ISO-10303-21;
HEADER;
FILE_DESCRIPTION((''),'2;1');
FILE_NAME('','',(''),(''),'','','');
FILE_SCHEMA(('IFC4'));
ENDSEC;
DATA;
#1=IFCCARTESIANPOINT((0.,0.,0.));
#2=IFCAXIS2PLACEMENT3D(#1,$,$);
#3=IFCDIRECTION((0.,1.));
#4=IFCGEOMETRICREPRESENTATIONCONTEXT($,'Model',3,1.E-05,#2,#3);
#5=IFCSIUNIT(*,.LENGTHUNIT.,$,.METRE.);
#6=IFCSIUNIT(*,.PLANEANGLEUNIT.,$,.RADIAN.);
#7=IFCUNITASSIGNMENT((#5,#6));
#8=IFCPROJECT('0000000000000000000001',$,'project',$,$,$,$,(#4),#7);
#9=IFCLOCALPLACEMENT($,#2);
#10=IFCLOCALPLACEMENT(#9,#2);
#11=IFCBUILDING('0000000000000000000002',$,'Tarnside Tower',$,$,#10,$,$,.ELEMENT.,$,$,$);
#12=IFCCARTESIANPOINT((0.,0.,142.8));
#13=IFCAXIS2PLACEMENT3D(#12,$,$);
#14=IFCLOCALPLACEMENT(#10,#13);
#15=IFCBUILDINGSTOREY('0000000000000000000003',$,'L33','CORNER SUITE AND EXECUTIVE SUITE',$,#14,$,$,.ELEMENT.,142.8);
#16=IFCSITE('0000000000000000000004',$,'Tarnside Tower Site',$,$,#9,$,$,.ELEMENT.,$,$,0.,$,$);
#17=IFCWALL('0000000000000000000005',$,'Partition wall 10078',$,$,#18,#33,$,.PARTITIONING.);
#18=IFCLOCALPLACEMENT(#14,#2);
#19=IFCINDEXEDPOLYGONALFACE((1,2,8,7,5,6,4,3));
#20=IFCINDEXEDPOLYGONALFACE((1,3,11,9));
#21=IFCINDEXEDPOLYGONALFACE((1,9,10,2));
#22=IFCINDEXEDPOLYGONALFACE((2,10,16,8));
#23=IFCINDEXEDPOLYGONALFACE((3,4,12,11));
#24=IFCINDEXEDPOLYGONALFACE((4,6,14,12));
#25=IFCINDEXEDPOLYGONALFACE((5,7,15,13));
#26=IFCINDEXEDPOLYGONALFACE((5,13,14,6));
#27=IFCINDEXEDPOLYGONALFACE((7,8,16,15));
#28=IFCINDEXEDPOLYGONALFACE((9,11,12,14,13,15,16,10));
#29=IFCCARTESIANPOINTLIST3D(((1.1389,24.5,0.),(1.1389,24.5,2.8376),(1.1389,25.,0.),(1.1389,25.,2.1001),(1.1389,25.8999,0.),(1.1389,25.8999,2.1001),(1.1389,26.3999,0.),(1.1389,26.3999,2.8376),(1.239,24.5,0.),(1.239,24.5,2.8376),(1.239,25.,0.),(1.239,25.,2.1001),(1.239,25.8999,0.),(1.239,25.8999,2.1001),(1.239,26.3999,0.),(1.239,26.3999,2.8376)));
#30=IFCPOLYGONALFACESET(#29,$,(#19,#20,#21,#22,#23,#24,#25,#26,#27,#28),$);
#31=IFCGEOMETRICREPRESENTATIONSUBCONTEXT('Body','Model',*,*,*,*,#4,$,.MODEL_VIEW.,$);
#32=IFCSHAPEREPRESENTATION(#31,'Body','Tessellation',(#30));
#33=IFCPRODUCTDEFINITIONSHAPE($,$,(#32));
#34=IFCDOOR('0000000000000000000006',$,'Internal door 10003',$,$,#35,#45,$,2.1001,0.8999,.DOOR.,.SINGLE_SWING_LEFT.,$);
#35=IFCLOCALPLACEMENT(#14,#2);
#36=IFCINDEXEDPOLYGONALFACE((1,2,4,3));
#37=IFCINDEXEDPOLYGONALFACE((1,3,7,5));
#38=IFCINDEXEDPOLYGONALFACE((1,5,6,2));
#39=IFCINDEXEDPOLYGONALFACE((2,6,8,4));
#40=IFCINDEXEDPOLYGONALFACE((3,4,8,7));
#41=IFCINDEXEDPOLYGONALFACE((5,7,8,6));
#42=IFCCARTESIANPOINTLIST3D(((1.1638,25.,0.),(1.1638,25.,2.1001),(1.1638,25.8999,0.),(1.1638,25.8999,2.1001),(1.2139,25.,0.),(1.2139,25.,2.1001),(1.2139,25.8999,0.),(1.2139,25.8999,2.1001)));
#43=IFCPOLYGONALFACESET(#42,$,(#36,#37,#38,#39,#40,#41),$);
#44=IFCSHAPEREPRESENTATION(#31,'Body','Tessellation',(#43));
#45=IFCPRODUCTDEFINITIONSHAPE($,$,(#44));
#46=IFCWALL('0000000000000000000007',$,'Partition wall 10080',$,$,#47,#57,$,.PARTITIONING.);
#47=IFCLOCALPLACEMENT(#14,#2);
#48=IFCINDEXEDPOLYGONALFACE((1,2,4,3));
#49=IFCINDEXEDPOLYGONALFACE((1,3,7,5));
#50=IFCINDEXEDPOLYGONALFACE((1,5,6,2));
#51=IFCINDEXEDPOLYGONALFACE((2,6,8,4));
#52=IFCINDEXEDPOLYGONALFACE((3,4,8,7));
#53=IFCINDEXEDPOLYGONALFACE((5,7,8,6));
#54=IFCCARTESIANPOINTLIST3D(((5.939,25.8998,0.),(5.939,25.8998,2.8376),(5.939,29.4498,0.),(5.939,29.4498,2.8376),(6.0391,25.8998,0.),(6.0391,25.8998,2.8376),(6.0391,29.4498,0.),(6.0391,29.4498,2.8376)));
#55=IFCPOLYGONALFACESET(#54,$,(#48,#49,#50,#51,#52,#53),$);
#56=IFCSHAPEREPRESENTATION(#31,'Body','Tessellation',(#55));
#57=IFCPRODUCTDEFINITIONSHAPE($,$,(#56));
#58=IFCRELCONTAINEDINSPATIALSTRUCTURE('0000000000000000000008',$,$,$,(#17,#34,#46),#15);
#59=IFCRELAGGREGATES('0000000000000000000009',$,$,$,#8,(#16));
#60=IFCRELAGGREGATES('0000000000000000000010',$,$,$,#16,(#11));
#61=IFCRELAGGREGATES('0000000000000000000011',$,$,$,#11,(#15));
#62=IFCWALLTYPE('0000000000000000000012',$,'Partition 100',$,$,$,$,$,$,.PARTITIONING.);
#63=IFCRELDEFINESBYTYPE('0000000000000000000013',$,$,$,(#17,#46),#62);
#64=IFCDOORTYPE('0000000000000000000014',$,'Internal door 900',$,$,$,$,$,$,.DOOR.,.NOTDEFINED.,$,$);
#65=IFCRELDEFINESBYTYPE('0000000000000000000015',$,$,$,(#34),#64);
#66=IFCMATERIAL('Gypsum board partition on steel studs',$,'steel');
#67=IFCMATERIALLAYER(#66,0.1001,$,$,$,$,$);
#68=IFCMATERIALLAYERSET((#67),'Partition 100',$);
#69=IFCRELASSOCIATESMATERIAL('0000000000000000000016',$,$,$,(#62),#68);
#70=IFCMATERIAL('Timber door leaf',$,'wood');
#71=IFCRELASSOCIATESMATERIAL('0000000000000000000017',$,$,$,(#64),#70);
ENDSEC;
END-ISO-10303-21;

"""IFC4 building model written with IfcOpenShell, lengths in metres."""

from ifc_helpers import new_model, si_unit, direction, frame, frame_2d, origin, place, context, subcontext, project, spatial, rectangle, extrude, material, layer, layer_set, type_object, element, fill, save


model = new_model("IFC4")

# Units and contexts
model_context = context("Model", 3, precision=1e-05, world=origin(), true_north=direction((0.0, 1.0)))
body_context = subcontext(model_context, "Body", "Model", "MODEL_VIEW")
ifc_project = project(units=[si_unit("LENGTHUNIT", "METRE"), si_unit("PLANEANGLEUNIT", "RADIAN")], contexts=[model_context])

# Site, building, storey
site_placement = place(None, origin())
site = spatial("IfcSite", under=ifc_project, at=site_placement, Name="Tarnside Tower Site", CompositionType="ELEMENT", RefElevation=0.0)
building_placement = place(site_placement, origin())
building = spatial("IfcBuilding", under=site, at=building_placement, Name="Tarnside Tower", CompositionType="ELEMENT")
storey_placement = place(building_placement, frame((0.0, 0.0, 142.8)))
storey = spatial("IfcBuildingStorey", under=building, at=storey_placement, Name="L33", Description="CORNER SUITE AND EXECUTIVE SUITE", CompositionType="ELEMENT", Elevation=142.8)

# Shared definitions
ifc_material_1 = material(Name="Gypsum board partition on steel studs", Category="steel")
ifc_material_2 = material(Name="Timber door leaf", Category="wood")

# Wall, opening, door
ifc_layer_1 = layer(ifc_material_1, 0.1001)
ifc_layer_set_1 = layer_set([ifc_layer_1], Name="Partition 100")
wall_type_1 = type_object("IfcWallType", Name="Partition 100", PredefinedType="PARTITIONING", material=ifc_layer_set_1)
wall_1_placement = place(storey_placement, frame((1.189, 26.3999, 0.0), z_axis=(0.0, 0.0, 1.0), x_axis=(0.0, -1.0, 0.0)))
wall_1 = element("IfcWall", 1, at=wall_1_placement, inside=storey, type_object=wall_type_1, Name="Partition wall 10078", PredefinedType="PARTITIONING", context=body_context, shape_type="SweptSolid", body=[
    extrude(rectangle(XDim=1.8999, YDim=0.1001, at=frame_2d((0.95, 0.0))), origin(), (0.0, 0.0, 1.0), 2.8376),
])
opening_1_placement = place(wall_1_placement, frame((0.5, 0.0, 0.0)))
opening_1 = element("IfcOpeningElement", 2, at=opening_1_placement, cuts=wall_1, PredefinedType="OPENING", context=body_context, shape_type="SweptSolid", body=[
    extrude(rectangle(XDim=0.8999, YDim=2.1001, at=frame_2d((0.45, 1.05))), frame((0.0, 0.0601, 0.0), z_axis=(0.0, -1.0, 0.0), x_axis=(1.0, 0.0, 0.0)), (0.0, 0.0, 1.0), 0.1201),
])
door_type_1 = type_object("IfcDoorType", Name="Internal door 900", OperationType="NOTDEFINED", PredefinedType="DOOR", material=ifc_material_2)
door_1_placement = place(opening_1_placement, origin())
door_1 = element("IfcDoor", 3, at=door_1_placement, inside=storey, type_object=door_type_1, Name="Internal door 10003", OperationType="SINGLE_SWING_LEFT", OverallHeight=2.1001, OverallWidth=0.8999, PredefinedType="DOOR", context=body_context, shape_type="SweptSolid", body=[
    extrude(rectangle(XDim=0.8999, YDim=2.1001, at=frame_2d((0.45, 1.05))), frame((0.0, 0.0249, 0.0), z_axis=(0.0, -1.0, 0.0), x_axis=(1.0, 0.0, 0.0)), (0.0, 0.0, 1.0), 0.05),
])
fill(opening_1, door_1)

# Wall
wall_2_placement = place(storey_placement, frame((5.989, 25.8999, 0.0), z_axis=(0.0, 0.0, 1.0), x_axis=(0.0, 1.0, 0.0)))
element("IfcWall", 4, at=wall_2_placement, inside=storey, type_object=wall_type_1, Name="Partition wall 10080", PredefinedType="PARTITIONING", context=body_context, shape_type="SweptSolid", body=[
    extrude(rectangle(XDim=3.55, YDim=0.1001, at=frame_2d((1.7749, 0.0))), origin(), (0.0, 0.0, 1.0), 2.8376),
])

save(model, "model.ifc")
